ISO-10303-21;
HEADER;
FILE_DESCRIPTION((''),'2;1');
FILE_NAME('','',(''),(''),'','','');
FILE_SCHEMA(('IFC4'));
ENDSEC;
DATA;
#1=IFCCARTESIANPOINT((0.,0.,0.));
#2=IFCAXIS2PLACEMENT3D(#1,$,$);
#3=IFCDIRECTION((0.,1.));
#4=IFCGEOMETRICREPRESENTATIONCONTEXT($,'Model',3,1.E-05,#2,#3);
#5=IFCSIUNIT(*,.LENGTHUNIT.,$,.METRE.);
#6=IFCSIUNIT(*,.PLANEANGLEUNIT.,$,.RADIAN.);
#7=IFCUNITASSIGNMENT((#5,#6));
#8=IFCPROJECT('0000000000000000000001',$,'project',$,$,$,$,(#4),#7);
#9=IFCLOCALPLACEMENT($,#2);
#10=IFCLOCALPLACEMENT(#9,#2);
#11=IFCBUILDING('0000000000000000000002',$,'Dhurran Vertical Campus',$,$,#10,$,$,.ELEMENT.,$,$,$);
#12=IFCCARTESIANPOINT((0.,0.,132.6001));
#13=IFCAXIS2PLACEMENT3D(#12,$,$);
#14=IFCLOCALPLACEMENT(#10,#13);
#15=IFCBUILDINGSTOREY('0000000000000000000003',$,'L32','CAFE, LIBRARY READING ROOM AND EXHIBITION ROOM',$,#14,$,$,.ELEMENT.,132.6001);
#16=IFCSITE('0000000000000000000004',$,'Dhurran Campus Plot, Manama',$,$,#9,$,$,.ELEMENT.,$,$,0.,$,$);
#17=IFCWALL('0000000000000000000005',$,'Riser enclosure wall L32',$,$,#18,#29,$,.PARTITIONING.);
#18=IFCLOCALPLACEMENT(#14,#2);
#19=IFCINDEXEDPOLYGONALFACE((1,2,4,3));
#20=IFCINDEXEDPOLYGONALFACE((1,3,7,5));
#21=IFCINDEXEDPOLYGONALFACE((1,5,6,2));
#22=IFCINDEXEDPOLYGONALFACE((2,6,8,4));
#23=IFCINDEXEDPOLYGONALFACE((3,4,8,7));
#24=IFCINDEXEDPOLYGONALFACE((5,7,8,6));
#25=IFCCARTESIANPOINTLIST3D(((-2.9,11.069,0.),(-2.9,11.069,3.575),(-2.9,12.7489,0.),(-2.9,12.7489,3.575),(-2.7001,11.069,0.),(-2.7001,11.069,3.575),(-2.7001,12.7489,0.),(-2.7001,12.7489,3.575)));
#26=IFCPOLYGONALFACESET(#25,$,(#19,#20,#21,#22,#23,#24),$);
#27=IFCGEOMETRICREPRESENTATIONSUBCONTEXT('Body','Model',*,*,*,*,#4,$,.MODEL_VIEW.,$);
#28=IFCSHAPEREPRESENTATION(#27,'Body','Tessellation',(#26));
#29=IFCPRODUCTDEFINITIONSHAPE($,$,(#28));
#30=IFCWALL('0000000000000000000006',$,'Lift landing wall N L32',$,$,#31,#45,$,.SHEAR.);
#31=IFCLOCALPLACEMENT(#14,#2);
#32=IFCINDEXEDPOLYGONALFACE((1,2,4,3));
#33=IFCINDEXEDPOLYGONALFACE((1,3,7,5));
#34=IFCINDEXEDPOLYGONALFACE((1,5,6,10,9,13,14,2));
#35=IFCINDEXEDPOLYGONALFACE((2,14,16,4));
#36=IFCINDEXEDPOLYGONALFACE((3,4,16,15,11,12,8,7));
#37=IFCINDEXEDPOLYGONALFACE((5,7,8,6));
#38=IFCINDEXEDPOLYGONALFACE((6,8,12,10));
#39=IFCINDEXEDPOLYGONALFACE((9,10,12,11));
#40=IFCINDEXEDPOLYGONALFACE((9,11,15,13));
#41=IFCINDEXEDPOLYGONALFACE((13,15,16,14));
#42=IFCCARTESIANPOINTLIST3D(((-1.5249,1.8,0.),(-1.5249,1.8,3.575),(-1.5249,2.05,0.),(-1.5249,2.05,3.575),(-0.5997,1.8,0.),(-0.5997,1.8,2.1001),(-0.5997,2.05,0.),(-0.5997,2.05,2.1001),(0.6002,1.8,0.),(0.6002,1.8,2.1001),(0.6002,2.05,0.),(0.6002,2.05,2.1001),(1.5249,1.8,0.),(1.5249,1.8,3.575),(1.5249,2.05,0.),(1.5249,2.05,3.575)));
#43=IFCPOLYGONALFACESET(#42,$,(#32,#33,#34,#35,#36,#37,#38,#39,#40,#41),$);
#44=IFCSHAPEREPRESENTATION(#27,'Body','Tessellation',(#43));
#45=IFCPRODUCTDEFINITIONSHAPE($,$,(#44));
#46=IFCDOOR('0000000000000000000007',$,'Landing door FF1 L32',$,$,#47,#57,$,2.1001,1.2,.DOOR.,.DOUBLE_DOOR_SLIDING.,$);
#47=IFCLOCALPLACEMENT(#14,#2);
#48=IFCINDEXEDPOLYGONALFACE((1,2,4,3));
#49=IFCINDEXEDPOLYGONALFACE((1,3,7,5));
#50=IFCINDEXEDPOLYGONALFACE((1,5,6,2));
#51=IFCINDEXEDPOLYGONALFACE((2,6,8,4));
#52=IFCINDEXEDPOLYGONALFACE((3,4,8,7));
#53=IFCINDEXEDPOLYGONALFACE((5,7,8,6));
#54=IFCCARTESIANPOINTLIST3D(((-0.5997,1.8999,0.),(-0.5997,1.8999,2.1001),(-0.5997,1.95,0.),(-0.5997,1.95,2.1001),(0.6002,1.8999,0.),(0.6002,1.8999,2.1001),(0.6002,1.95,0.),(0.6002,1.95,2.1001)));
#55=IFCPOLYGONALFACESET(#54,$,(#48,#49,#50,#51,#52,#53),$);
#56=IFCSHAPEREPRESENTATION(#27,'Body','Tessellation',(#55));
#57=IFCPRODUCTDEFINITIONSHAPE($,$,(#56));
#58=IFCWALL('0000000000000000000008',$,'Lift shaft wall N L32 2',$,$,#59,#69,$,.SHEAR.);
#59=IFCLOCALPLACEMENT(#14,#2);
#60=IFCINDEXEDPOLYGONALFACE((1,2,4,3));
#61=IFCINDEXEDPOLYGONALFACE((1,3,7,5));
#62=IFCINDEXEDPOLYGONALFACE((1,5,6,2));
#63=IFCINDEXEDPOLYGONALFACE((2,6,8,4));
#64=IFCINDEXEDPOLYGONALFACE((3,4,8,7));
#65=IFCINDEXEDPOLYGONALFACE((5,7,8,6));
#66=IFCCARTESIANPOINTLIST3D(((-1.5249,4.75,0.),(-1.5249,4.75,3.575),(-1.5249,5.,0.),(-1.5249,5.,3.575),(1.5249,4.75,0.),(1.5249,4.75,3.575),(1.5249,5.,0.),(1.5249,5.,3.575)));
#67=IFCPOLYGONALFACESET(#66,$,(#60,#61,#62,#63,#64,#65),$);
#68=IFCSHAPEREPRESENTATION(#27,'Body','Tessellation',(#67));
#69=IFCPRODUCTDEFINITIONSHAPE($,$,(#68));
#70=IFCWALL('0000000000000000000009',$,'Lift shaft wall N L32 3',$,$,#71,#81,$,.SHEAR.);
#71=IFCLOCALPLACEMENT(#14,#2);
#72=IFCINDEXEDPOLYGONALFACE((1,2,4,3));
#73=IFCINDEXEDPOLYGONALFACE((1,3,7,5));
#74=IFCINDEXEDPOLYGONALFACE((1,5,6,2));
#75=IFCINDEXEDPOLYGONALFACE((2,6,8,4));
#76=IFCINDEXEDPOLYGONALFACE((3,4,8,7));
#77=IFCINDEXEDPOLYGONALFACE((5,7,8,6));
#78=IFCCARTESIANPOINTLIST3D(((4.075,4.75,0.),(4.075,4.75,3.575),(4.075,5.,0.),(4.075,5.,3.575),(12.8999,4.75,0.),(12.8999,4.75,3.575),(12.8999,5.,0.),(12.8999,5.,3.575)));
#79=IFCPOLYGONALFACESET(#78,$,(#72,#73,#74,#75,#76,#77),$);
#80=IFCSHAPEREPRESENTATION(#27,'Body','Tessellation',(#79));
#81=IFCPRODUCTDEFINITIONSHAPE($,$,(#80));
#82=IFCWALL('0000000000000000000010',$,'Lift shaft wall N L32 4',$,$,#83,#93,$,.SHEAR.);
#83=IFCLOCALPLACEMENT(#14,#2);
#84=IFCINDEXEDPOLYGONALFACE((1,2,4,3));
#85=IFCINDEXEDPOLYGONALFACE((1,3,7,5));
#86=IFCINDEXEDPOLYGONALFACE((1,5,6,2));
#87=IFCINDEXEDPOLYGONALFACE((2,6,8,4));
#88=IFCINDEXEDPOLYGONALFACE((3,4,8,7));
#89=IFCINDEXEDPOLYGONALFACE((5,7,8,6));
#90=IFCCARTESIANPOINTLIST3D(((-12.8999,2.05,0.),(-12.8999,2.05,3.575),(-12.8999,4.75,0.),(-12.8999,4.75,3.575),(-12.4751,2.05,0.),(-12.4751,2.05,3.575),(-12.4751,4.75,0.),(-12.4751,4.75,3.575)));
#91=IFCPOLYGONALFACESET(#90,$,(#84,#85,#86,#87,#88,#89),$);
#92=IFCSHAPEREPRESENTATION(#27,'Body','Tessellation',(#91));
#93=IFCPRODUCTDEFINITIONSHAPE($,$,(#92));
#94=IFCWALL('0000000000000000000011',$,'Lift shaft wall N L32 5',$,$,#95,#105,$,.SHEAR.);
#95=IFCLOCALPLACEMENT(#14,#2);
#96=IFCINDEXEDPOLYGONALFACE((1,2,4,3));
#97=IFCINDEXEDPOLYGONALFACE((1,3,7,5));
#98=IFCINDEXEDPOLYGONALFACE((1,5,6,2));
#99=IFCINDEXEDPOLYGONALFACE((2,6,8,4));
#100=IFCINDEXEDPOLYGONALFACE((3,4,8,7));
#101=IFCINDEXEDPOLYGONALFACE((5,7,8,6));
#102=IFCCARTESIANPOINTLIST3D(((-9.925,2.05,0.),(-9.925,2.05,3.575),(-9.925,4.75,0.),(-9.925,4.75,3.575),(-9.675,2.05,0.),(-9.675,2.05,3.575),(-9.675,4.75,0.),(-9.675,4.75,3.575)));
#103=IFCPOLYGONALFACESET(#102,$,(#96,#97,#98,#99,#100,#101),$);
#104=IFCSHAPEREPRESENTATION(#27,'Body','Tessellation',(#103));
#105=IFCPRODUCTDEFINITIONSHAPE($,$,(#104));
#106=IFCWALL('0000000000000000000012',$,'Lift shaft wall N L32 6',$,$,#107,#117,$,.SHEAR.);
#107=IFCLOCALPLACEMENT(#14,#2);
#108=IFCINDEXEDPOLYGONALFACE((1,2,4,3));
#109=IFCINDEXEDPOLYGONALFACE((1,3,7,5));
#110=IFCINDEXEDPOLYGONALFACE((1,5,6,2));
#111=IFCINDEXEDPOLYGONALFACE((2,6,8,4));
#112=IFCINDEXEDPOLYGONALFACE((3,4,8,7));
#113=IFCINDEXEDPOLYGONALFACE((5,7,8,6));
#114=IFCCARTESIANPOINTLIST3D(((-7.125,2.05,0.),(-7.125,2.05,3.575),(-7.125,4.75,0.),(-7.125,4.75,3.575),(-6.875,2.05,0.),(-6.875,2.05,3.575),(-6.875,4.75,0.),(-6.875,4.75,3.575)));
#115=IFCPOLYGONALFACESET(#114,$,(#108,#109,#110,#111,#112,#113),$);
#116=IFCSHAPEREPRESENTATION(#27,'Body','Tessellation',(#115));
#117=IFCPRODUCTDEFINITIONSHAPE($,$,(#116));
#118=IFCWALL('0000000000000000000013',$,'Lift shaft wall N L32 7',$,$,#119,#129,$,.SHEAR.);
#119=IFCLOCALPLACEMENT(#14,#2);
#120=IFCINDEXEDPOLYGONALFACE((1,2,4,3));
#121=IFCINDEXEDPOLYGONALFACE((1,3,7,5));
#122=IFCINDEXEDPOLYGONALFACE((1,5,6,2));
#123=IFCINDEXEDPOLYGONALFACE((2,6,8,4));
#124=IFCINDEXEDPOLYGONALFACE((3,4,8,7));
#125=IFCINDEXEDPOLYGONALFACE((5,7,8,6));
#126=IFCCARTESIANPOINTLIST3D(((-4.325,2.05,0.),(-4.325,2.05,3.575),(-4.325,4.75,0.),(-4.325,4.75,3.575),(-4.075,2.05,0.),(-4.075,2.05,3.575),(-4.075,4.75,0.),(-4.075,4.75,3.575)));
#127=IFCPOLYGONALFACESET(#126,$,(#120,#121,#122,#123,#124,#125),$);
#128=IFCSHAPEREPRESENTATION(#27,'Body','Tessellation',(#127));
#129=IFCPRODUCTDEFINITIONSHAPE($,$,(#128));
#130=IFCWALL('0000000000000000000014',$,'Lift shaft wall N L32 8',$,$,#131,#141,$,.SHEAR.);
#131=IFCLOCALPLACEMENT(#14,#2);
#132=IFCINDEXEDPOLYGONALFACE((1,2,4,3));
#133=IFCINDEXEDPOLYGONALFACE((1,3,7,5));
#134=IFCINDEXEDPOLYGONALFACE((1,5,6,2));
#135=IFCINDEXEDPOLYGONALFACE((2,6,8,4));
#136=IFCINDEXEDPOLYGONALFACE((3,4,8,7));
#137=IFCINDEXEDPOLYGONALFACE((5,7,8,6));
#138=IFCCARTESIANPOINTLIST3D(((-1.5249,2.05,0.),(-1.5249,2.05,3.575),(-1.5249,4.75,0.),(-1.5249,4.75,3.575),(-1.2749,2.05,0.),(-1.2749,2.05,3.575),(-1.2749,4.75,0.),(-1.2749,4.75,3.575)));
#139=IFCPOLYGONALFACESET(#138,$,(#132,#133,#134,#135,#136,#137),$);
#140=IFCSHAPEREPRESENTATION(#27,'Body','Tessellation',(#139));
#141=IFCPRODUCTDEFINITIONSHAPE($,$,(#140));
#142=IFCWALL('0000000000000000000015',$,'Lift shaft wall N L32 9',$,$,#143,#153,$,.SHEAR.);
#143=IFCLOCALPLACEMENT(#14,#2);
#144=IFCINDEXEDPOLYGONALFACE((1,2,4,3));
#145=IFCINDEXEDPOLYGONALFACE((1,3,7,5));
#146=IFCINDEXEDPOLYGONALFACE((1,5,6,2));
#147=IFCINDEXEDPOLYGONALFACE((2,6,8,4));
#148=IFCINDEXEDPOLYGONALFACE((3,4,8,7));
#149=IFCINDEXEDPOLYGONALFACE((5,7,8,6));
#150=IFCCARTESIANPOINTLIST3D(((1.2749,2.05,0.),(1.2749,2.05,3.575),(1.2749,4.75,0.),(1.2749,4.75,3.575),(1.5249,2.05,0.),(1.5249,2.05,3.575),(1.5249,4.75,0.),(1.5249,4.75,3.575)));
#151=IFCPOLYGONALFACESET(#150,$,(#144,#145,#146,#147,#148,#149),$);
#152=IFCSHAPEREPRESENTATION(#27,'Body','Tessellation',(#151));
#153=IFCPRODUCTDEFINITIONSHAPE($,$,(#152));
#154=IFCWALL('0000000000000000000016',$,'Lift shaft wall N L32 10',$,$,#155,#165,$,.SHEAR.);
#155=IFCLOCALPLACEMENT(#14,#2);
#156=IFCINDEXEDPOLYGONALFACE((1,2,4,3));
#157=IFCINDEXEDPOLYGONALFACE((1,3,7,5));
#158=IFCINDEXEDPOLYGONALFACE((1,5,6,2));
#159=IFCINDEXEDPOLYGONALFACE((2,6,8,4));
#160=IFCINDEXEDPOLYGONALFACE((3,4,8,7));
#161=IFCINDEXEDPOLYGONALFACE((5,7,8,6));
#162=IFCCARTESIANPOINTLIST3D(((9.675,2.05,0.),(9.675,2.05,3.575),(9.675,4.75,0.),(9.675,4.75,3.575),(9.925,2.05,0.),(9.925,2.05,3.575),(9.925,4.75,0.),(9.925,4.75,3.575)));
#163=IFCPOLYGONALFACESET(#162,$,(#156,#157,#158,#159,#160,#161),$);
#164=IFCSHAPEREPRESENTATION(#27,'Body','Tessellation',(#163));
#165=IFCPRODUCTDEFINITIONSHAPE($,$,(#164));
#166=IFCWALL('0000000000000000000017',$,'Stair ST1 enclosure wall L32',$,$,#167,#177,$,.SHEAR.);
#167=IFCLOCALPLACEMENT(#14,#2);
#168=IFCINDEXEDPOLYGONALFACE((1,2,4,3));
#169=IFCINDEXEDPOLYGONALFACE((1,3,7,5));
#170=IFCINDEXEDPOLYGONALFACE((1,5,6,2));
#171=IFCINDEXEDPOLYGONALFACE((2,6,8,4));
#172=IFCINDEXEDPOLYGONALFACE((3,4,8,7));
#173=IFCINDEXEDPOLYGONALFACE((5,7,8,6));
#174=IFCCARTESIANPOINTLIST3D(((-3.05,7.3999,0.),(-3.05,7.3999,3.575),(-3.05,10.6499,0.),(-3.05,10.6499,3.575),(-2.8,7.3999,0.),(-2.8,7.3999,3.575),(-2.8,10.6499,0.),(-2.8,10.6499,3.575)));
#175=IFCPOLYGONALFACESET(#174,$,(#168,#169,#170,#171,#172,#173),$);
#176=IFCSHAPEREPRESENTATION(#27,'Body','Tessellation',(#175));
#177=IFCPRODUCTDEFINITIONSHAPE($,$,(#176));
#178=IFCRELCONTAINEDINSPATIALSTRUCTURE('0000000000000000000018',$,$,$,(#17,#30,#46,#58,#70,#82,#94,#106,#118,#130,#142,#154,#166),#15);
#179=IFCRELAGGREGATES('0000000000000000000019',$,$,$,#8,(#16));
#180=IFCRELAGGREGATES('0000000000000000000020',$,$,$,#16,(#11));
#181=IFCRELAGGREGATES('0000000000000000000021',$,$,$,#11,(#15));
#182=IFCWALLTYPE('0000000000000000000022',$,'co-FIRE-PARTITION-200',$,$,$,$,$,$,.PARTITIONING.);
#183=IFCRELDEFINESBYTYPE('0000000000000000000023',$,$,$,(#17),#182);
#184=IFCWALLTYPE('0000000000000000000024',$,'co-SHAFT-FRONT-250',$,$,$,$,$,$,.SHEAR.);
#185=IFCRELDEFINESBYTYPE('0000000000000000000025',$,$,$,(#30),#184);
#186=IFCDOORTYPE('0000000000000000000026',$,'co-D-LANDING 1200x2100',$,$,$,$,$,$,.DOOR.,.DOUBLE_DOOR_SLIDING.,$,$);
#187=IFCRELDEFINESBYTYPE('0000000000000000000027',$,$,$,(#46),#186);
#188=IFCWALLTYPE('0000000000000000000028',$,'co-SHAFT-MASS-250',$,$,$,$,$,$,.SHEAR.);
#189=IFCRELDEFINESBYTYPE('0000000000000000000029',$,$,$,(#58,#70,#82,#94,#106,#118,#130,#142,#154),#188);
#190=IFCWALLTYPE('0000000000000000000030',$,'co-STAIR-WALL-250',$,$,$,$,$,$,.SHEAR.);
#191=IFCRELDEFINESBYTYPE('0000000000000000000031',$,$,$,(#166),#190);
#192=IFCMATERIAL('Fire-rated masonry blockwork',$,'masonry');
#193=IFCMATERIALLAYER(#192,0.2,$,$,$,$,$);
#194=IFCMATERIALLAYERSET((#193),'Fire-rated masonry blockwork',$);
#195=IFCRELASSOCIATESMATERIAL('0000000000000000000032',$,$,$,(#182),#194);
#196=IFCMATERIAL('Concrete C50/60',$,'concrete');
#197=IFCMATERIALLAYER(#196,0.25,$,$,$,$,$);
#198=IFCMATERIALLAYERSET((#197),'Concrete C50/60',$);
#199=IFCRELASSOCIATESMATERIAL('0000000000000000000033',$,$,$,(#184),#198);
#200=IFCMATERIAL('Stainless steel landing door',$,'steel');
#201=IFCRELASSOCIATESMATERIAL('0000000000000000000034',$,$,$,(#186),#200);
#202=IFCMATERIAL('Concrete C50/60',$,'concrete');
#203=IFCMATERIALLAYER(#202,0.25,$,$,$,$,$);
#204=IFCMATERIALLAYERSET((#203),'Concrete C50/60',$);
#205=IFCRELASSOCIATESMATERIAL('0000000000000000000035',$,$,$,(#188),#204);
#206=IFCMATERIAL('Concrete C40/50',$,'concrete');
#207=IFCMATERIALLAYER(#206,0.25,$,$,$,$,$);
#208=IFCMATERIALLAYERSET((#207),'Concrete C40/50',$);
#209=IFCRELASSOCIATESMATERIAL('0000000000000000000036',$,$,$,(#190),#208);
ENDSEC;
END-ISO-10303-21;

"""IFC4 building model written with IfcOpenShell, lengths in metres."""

from ifc_helpers import new_model, si_unit, direction, frame, frame_2d, origin, place, context, subcontext, project, spatial, polyline, rectangle, outline, extrude, material, layer, layer_set, type_object, element, fill, save


model = new_model("IFC4")

# Units and contexts
model_context = context("Model", 3, precision=1e-05, world=origin(), true_north=direction((0.0, 1.0)))
body_context = subcontext(model_context, "Body", "Model", "MODEL_VIEW")
ifc_project = project(units=[si_unit("LENGTHUNIT", "METRE"), si_unit("PLANEANGLEUNIT", "RADIAN")], contexts=[model_context])

# Site, building, storey
site_placement = place(None, origin())
site = spatial("IfcSite", under=ifc_project, at=site_placement, Name="Dhurran Campus Plot, Manama", CompositionType="ELEMENT", RefElevation=0.0)
building_placement = place(site_placement, origin())
building = spatial("IfcBuilding", under=site, at=building_placement, Name="Dhurran Vertical Campus", CompositionType="ELEMENT")
storey_placement = place(building_placement, frame((0.0, 0.0, 132.6001)))
storey = spatial("IfcBuildingStorey", under=building, at=storey_placement, Name="L32", Description="CAFE, LIBRARY READING ROOM AND EXHIBITION ROOM", CompositionType="ELEMENT", Elevation=132.6001)

# Shared definitions
ifc_material_1 = material(Name="Fire-rated masonry blockwork", Category="masonry")
ifc_layer_1 = layer(ifc_material_1, 0.2)
ifc_layer_set_1 = layer_set([ifc_layer_1], Name="Fire-rated masonry blockwork")
wall_type_1 = type_object("IfcWallType", Name="co-FIRE-PARTITION-200", PredefinedType="PARTITIONING", material=ifc_layer_set_1)

# Wall
wall_1_placement = place(storey_placement, frame((-2.8, 11.0691, 0.0), z_axis=(0.0, 0.0, 1.0), x_axis=(0.0, 1.0, 0.0)))
element("IfcWall", 1, at=wall_1_placement, inside=storey, type_object=wall_type_1, Name="Riser enclosure wall L32", PredefinedType="PARTITIONING", context=body_context, shape_type="SweptSolid", body=[
    extrude(rectangle(XDim=1.6799, YDim=0.2, at=frame_2d((0.8398, 0.0))), origin(), (0.0, 0.0, 1.0), 3.575),
])

# Wall, opening, door
ifc_material_2 = material(Name="Concrete C50/60", Category="concrete")
ifc_layer_2 = layer(ifc_material_2, 0.25)
ifc_layer_set_2 = layer_set([ifc_layer_2], Name="Concrete C50/60")
wall_type_2 = type_object("IfcWallType", Name="co-SHAFT-FRONT-250", PredefinedType="SHEAR", material=ifc_layer_set_2)
wall_2_placement = place(storey_placement, frame((-1.5249, 1.925, 0.0), z_axis=(0.0, 0.0, 1.0), x_axis=(1.0, 0.0, 0.0)))
wall_2 = element("IfcWall", 2, at=wall_2_placement, inside=storey, type_object=wall_type_2, Name="Lift landing wall N L32", PredefinedType="SHEAR", context=body_context, shape_type="SweptSolid", body=[
    extrude(rectangle(XDim=3.0498, YDim=0.25, at=frame_2d((1.5249, 0.0))), origin(), (0.0, 0.0, 1.0), 3.575),
])
opening_1_placement = place(wall_2_placement, frame((0.925, 0.0, 0.0)))
opening_1 = element("IfcOpeningElement", 3, at=opening_1_placement, cuts=wall_2, PredefinedType="OPENING", context=body_context, shape_type="SweptSolid", body=[
    extrude(rectangle(XDim=1.2, YDim=2.1001, at=frame_2d((0.6001, 1.05))), frame((0.0, 0.135, 0.0), z_axis=(0.0, -1.0, 0.0), x_axis=(1.0, 0.0, 0.0)), (0.0, 0.0, 1.0), 0.27),
])
ifc_material_3 = material(Name="Stainless steel landing door", Category="steel")
door_type_1 = type_object("IfcDoorType", Name="co-D-LANDING 1200x2100", OperationType="DOUBLE_DOOR_SLIDING", PredefinedType="DOOR", material=ifc_material_3)
door_1_placement = place(opening_1_placement, origin())
door_1 = element("IfcDoor", 4, at=door_1_placement, inside=storey, type_object=door_type_1, Name="Landing door FF1 L32", OperationType="DOUBLE_DOOR_SLIDING", OverallHeight=2.1001, OverallWidth=1.2, PredefinedType="DOOR", context=body_context, shape_type="SweptSolid", body=[
    extrude(rectangle(XDim=1.2, YDim=2.1001, at=frame_2d((0.6001, 1.05))), frame((0.0, 0.0249, 0.0), z_axis=(0.0, -1.0, 0.0), x_axis=(1.0, 0.0, 0.0)), (0.0, 0.0, 1.0), 0.05),
])
fill(opening_1, door_1)

# Walls
ifc_material_4 = material(Name="Concrete C50/60", Category="concrete")
ifc_layer_3 = layer(ifc_material_4, 0.25)
ifc_layer_set_3 = layer_set([ifc_layer_3], Name="Concrete C50/60")
wall_type_3 = type_object("IfcWallType", Name="co-SHAFT-MASS-250", PredefinedType="SHEAR", material=ifc_layer_set_3)
wall_3_placement = place(storey_placement, origin())
element("IfcWall", 5, at=wall_3_placement, inside=storey, type_object=wall_type_3, Name="Lift shaft wall N L32 2", PredefinedType="SHEAR", context=body_context, shape_type="SweptSolid", body=[
    extrude(outline(polyline([(-1.5249, 4.75), (1.5249, 4.75), (1.5249, 5.0), (-1.5249, 5.0), (-1.5249, 4.75)])), origin(), (0.0, 0.0, 1.0), 3.575),
])
wall_4_placement = place(storey_placement, origin())
element("IfcWall", 6, at=wall_4_placement, inside=storey, type_object=wall_type_3, Name="Lift shaft wall N L32 3", PredefinedType="SHEAR", context=body_context, shape_type="SweptSolid", body=[
    extrude(outline(polyline([(4.075, 4.75), (12.8999, 4.75), (12.8999, 5.0), (4.075, 5.0), (4.075, 4.75)])), origin(), (0.0, 0.0, 1.0), 3.575),
])
wall_5_placement = place(storey_placement, origin())
element("IfcWall", 7, at=wall_5_placement, inside=storey, type_object=wall_type_3, Name="Lift shaft wall N L32 4", PredefinedType="SHEAR", context=body_context, shape_type="SweptSolid", body=[
    extrude(outline(polyline([(-12.8999, 2.05), (-12.4751, 2.05), (-12.4751, 4.75), (-12.8999, 4.75), (-12.8999, 2.05)])), origin(), (0.0, 0.0, 1.0), 3.575),
])
wall_6_placement = place(storey_placement, origin())
element("IfcWall", 8, at=wall_6_placement, inside=storey, type_object=wall_type_3, Name="Lift shaft wall N L32 5", PredefinedType="SHEAR", context=body_context, shape_type="SweptSolid", body=[
    extrude(outline(polyline([(-9.925, 2.05), (-9.675, 2.05), (-9.675, 4.75), (-9.925, 4.75), (-9.925, 2.05)])), origin(), (0.0, 0.0, 1.0), 3.575),
])
wall_7_placement = place(storey_placement, origin())
element("IfcWall", 9, at=wall_7_placement, inside=storey, type_object=wall_type_3, Name="Lift shaft wall N L32 6", PredefinedType="SHEAR", context=body_context, shape_type="SweptSolid", body=[
    extrude(outline(polyline([(-7.125, 2.05), (-6.875, 2.05), (-6.875, 4.75), (-7.125, 4.75), (-7.125, 2.05)])), origin(), (0.0, 0.0, 1.0), 3.575),
])
wall_8_placement = place(storey_placement, origin())
element("IfcWall", 10, at=wall_8_placement, inside=storey, type_object=wall_type_3, Name="Lift shaft wall N L32 7", PredefinedType="SHEAR", context=body_context, shape_type="SweptSolid", body=[
    extrude(outline(polyline([(-4.325, 2.05), (-4.075, 2.05), (-4.075, 4.75), (-4.325, 4.75), (-4.325, 2.05)])), origin(), (0.0, 0.0, 1.0), 3.575),
])
wall_9_placement = place(storey_placement, origin())
element("IfcWall", 11, at=wall_9_placement, inside=storey, type_object=wall_type_3, Name="Lift shaft wall N L32 8", PredefinedType="SHEAR", context=body_context, shape_type="SweptSolid", body=[
    extrude(outline(polyline([(-1.5249, 2.05), (-1.2749, 2.05), (-1.2749, 4.75), (-1.5249, 4.75), (-1.5249, 2.05)])), origin(), (0.0, 0.0, 1.0), 3.575),
])
wall_10_placement = place(storey_placement, origin())
element("IfcWall", 12, at=wall_10_placement, inside=storey, type_object=wall_type_3, Name="Lift shaft wall N L32 9", PredefinedType="SHEAR", context=body_context, shape_type="SweptSolid", body=[
    extrude(outline(polyline([(1.2749, 2.05), (1.5249, 2.05), (1.5249, 4.75), (1.2749, 4.75), (1.2749, 2.05)])), origin(), (0.0, 0.0, 1.0), 3.575),
])
wall_11_placement = place(storey_placement, origin())
element("IfcWall", 13, at=wall_11_placement, inside=storey, type_object=wall_type_3, Name="Lift shaft wall N L32 10", PredefinedType="SHEAR", context=body_context, shape_type="SweptSolid", body=[
    extrude(outline(polyline([(9.675, 2.05), (9.925, 2.05), (9.925, 4.75), (9.675, 4.75), (9.675, 2.05)])), origin(), (0.0, 0.0, 1.0), 3.575),
])
ifc_material_5 = material(Name="Concrete C40/50", Category="concrete")
ifc_layer_4 = layer(ifc_material_5, 0.25)
ifc_layer_set_4 = layer_set([ifc_layer_4], Name="Concrete C40/50")
wall_type_4 = type_object("IfcWallType", Name="co-STAIR-WALL-250", PredefinedType="SHEAR", material=ifc_layer_set_4)
wall_12_placement = place(storey_placement, frame((-2.925, 7.3999, 0.0), z_axis=(0.0, 0.0, 1.0), x_axis=(0.0, 1.0, 0.0)))
element("IfcWall", 14, at=wall_12_placement, inside=storey, type_object=wall_type_4, Name="Stair ST1 enclosure wall L32", PredefinedType="SHEAR", context=body_context, shape_type="SweptSolid", body=[
    extrude(rectangle(XDim=3.25, YDim=0.25, at=frame_2d((1.625, 0.0))), origin(), (0.0, 0.0, 1.0), 3.575),
])

save(model, "model.ifc")
